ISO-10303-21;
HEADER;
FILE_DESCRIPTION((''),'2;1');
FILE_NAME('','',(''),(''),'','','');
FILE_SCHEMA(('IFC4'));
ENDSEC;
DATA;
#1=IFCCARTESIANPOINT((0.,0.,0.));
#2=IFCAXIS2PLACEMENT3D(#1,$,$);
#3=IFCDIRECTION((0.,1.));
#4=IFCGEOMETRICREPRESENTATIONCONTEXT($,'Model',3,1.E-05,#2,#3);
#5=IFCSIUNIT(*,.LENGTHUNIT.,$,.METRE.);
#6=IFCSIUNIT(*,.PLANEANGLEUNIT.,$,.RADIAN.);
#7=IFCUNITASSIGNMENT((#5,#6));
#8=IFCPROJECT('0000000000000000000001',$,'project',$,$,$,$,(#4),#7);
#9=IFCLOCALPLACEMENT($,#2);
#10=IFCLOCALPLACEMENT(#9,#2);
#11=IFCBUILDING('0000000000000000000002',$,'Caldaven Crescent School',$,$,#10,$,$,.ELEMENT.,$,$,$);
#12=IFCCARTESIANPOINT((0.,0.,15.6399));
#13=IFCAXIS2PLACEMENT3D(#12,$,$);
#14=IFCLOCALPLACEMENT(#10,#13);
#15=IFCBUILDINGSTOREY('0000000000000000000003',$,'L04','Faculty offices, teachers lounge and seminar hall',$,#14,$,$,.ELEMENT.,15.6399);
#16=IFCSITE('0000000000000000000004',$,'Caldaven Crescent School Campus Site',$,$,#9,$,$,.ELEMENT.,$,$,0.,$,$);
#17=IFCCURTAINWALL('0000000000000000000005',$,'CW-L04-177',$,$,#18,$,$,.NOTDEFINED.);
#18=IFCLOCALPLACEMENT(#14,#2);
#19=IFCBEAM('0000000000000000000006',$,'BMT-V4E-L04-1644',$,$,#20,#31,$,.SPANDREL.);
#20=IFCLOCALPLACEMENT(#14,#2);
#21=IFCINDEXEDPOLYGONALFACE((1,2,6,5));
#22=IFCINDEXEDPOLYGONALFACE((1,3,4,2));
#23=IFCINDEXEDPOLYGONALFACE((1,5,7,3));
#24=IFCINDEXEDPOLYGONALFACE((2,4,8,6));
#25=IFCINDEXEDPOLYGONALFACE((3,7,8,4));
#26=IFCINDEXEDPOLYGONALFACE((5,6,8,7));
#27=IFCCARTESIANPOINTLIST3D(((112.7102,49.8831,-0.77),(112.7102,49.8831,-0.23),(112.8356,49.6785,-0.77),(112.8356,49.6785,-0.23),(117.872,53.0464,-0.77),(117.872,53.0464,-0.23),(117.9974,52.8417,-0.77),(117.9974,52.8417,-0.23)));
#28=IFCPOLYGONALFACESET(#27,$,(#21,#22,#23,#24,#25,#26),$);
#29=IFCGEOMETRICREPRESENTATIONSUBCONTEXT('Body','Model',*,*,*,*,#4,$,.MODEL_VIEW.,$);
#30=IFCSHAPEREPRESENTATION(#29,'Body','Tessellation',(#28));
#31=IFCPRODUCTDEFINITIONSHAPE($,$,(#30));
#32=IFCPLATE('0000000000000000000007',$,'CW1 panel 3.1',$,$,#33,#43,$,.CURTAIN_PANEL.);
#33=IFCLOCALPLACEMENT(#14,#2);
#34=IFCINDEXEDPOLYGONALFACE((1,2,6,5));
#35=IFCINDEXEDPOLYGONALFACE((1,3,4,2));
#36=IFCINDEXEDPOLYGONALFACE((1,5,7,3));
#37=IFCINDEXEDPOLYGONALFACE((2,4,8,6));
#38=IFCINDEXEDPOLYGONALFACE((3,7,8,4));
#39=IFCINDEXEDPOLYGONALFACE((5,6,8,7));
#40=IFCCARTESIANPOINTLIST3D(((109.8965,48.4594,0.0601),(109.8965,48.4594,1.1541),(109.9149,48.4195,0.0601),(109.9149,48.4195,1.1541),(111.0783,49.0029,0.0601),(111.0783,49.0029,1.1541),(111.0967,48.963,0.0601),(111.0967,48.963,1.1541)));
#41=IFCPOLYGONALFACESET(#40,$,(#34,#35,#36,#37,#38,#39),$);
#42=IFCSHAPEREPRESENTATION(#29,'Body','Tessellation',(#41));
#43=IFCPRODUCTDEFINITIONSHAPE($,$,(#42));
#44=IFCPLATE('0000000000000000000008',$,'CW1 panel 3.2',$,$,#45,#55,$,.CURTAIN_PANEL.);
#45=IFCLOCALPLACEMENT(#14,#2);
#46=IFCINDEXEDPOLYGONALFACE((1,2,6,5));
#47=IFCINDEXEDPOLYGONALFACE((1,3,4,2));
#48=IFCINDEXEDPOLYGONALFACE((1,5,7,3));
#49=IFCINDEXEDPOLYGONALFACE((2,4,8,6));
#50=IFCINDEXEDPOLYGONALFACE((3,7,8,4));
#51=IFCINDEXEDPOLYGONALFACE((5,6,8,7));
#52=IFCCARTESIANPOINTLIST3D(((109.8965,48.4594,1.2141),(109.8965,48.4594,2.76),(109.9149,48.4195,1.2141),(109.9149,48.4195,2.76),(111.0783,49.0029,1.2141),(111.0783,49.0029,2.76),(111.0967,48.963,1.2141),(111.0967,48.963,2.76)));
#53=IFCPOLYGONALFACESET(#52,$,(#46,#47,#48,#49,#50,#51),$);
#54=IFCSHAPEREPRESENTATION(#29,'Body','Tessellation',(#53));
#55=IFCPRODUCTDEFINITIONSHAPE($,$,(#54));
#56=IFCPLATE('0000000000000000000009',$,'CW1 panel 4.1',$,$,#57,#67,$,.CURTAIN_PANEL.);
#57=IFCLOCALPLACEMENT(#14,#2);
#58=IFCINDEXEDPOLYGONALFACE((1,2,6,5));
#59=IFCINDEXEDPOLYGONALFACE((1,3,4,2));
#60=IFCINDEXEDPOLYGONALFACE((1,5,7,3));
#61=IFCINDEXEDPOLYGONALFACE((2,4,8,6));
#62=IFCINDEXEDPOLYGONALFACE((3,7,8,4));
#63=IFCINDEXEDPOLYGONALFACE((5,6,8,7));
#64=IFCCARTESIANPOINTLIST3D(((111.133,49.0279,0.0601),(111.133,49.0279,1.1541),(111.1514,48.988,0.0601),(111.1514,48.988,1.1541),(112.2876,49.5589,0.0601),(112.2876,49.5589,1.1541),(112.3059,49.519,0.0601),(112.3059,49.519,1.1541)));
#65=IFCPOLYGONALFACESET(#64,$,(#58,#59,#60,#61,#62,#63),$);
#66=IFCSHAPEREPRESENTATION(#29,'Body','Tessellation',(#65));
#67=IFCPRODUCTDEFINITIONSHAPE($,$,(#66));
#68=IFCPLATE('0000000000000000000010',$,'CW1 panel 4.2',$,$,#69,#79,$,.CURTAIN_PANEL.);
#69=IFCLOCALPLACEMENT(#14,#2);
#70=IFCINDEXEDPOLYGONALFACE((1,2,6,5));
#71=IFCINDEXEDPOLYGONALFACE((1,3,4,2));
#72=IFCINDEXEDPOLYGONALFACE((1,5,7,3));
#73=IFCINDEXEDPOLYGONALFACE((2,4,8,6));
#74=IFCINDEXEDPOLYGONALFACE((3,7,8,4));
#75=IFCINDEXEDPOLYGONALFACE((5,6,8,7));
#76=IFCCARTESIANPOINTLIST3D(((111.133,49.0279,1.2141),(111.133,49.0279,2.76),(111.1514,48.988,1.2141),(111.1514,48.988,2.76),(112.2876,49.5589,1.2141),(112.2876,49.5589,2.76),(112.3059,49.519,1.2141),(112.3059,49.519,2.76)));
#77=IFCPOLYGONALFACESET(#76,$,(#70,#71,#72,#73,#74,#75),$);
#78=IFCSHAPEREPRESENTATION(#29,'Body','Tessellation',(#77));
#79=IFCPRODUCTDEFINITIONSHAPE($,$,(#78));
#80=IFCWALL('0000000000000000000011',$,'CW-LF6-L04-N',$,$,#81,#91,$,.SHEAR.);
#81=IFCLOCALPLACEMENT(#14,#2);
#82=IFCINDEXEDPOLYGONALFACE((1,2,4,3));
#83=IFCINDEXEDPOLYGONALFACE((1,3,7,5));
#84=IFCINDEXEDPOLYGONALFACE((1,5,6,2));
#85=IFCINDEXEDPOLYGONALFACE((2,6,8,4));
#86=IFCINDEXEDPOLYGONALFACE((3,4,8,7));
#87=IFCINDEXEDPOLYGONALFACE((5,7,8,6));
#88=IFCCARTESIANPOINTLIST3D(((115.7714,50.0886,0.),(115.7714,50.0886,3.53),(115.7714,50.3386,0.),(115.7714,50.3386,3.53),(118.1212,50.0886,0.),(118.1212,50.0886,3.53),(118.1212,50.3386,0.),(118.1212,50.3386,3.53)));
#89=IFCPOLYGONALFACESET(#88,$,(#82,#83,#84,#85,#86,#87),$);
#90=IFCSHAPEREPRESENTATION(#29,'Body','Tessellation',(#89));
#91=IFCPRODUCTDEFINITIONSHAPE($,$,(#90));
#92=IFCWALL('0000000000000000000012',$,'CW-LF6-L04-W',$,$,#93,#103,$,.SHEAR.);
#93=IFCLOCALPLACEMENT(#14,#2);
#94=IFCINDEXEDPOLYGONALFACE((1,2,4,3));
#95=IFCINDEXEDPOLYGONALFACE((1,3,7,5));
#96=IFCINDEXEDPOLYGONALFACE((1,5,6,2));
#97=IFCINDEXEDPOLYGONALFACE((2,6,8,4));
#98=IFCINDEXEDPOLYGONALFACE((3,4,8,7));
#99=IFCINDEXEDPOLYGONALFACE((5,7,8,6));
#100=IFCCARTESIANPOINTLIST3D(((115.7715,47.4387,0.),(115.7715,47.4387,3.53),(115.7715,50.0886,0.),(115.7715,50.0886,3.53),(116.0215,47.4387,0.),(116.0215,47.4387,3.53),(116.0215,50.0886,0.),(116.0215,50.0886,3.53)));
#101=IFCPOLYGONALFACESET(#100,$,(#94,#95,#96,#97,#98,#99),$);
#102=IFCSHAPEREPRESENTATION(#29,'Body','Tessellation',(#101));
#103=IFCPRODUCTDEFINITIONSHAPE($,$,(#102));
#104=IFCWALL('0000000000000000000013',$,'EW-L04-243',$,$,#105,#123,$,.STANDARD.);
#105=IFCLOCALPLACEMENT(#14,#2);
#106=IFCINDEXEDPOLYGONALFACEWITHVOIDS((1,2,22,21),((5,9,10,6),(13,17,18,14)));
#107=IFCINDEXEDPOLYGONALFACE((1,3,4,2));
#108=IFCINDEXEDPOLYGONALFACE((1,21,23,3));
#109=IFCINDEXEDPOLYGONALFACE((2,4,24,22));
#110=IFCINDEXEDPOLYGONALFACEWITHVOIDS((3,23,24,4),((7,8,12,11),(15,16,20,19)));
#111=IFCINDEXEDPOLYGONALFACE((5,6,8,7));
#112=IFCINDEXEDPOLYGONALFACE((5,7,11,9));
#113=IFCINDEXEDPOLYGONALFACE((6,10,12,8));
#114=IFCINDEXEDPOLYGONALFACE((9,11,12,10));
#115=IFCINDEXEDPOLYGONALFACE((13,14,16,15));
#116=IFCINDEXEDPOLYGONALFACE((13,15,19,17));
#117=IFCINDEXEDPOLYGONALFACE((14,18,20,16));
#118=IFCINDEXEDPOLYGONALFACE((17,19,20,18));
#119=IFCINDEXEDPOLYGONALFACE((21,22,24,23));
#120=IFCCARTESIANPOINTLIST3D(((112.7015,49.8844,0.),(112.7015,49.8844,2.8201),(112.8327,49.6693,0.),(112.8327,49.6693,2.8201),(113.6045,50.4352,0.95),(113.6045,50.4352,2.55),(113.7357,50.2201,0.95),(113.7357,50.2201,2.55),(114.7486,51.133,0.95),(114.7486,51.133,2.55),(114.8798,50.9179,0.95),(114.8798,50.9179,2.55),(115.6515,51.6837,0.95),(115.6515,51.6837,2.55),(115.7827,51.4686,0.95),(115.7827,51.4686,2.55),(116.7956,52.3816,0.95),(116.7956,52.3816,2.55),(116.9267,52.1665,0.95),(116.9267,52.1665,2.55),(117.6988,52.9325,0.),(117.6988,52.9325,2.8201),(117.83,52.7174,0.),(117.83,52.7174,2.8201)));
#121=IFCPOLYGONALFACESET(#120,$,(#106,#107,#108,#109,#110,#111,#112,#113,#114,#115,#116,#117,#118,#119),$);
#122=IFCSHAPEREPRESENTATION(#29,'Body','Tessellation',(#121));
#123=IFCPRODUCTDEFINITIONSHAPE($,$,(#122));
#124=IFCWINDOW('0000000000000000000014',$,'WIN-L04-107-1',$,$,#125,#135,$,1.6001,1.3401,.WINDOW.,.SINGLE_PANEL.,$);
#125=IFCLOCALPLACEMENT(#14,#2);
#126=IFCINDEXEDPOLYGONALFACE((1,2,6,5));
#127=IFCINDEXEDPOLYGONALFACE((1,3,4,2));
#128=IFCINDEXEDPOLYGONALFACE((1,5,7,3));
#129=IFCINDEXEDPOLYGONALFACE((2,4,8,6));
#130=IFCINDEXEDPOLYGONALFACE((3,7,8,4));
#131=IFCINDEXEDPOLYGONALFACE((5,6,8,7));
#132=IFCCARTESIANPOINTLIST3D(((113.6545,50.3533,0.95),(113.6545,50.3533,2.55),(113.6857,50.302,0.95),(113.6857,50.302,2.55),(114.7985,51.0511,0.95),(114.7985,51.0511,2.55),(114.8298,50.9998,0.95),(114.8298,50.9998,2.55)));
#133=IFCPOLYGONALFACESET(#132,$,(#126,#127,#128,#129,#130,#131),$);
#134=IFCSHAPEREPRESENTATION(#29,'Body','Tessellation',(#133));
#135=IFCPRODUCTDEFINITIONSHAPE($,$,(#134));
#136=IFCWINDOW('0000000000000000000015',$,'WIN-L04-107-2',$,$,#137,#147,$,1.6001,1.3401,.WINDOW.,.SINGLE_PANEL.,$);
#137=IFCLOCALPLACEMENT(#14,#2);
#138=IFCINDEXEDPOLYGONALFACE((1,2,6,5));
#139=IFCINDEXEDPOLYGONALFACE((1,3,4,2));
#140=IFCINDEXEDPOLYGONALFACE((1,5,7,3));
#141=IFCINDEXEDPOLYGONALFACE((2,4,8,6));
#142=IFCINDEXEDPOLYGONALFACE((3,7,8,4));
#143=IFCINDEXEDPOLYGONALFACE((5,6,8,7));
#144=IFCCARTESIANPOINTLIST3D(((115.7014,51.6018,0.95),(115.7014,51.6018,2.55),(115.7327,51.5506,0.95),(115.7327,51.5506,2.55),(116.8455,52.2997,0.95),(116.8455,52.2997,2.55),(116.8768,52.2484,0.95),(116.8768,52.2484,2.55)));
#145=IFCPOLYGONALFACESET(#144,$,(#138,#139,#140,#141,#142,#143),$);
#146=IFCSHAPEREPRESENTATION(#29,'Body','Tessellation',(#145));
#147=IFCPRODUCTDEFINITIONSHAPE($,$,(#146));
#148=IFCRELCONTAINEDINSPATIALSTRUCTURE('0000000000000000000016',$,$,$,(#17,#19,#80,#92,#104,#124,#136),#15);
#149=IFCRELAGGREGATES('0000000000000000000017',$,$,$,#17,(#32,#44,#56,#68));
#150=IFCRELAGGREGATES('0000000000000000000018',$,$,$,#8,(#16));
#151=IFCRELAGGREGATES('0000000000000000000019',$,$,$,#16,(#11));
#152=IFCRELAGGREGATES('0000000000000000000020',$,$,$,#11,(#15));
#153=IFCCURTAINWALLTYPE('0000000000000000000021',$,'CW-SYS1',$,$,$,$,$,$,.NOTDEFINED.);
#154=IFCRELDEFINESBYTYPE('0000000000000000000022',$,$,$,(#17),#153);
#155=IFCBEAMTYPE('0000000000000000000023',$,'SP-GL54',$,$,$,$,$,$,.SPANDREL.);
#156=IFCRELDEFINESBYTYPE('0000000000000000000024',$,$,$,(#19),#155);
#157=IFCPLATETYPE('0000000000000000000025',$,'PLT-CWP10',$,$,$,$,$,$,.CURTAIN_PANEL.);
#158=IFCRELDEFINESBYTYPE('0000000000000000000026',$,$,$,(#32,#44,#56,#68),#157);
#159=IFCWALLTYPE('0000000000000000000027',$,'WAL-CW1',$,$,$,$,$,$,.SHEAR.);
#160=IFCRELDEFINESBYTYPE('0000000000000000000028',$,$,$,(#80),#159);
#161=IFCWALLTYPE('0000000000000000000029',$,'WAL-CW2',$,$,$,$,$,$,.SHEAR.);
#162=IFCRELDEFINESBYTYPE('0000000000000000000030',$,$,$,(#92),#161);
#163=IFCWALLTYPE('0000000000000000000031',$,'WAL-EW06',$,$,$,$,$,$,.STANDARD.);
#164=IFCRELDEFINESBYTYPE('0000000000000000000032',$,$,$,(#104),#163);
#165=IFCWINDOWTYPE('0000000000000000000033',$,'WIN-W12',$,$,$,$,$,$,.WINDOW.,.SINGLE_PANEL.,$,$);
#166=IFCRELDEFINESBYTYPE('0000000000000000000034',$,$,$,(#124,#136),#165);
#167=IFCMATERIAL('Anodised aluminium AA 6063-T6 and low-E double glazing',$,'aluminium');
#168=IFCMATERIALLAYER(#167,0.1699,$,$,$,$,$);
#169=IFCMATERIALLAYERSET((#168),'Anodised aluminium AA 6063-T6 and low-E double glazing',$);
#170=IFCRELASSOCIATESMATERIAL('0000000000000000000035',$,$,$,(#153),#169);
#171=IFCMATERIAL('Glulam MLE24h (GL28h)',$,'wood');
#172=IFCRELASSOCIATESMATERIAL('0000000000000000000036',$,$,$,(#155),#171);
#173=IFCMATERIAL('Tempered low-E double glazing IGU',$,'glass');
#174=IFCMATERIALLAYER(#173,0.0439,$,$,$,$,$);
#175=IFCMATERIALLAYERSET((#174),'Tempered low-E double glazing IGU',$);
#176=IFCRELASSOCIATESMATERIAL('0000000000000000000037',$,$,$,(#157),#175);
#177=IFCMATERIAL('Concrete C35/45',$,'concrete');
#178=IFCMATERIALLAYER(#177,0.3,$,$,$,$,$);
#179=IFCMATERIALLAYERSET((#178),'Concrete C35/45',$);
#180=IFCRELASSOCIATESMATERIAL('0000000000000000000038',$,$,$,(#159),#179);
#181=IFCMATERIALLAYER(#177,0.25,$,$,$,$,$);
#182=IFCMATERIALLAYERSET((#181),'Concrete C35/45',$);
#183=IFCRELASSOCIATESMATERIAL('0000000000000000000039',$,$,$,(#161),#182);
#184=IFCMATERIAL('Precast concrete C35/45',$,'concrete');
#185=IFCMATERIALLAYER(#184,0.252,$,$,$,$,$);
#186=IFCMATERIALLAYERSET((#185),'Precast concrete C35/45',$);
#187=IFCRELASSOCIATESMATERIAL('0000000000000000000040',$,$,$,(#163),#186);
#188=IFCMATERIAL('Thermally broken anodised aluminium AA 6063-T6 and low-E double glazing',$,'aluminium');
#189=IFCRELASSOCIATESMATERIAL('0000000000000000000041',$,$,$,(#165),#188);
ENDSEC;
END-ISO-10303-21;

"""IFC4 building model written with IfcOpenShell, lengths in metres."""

from ifc_helpers import new_model, si_unit, direction, frame, frame_2d, origin, origin_2d, place, context, subcontext, project, spatial, rectangle, extrude, material, layer, layer_set, material_profile, profile_set, type_object, element, fill, aggregate, save


model = new_model("IFC4")

# Units and contexts
model_context = context("Model", 3, precision=1e-05, world=origin(), true_north=direction((0.0, 1.0)))
body_context = subcontext(model_context, "Body", "Model", "MODEL_VIEW")
ifc_project = project(units=[si_unit("LENGTHUNIT", "METRE"), si_unit("PLANEANGLEUNIT", "RADIAN")], contexts=[model_context])

# Site, building, storey
site_placement = place(None, origin())
site = spatial("IfcSite", under=ifc_project, at=site_placement, Name="Caldaven Crescent School Campus Site", CompositionType="ELEMENT", RefElevation=0.0)
building_placement = place(site_placement, origin())
building = spatial("IfcBuilding", under=site, at=building_placement, Name="Caldaven Crescent School", CompositionType="ELEMENT")
storey_placement = place(building_placement, frame((0.0, 0.0, 15.6399)))
storey = spatial("IfcBuildingStorey", under=building, at=storey_placement, Name="L04", Description="Faculty offices, teachers lounge and seminar hall", CompositionType="ELEMENT", Elevation=15.6399)

# Shared definitions
ifc_material_1 = material(Name="Glulam MLE24h (GL28h)", Category="wood")

# Curtain wall
ifc_material_2 = material(Name="Anodised aluminium AA 6063-T6 and low-E double glazing", Category="aluminium")
ifc_layer_1 = layer(ifc_material_2, 0.1699)
ifc_layer_set_1 = layer_set([ifc_layer_1], Name="Anodised aluminium AA 6063-T6 and low-E double glazing")
curtain_wall_type = type_object("IfcCurtainWallType", Name="CW-SYS1", PredefinedType="NOTDEFINED", material=ifc_layer_set_1)
curtain_wall_placement = place(storey_placement, origin())
curtain_wall = element("IfcCurtainWall", 1, at=curtain_wall_placement, inside=storey, type_object=curtain_wall_type, Name="CW-L04-177", PredefinedType="NOTDEFINED")

# Beam
ifc_material_profile_1 = material_profile(ifc_material_1, rectangle(XDim=0.24, YDim=0.54, at=origin_2d()), Name="MLE 240x540")
ifc_profile_set_1 = profile_set([ifc_material_profile_1], Name="Glulam MLE24h (GL28h)")
beam_type_1 = type_object("IfcBeamType", Name="SP-GL54", PredefinedType="SPANDREL", material=ifc_profile_set_1)
beam_1_placement = place(storey_placement, frame((112.7729, 49.7808, -0.5), z_axis=(0.85263, 0.522515, 0.0), x_axis=(-0.522515, 0.85263, 0.0)))
element("IfcBeam", 2, at=beam_1_placement, inside=storey, type_object=beam_type_1, Name="BMT-V4E-L04-1644", PredefinedType="SPANDREL", context=body_context, shape_type="SweptSolid", body=[
    extrude(rectangle(XDim=0.24, YDim=0.54, at=origin_2d()), origin(), (0.0, 0.0, 1.0), 6.054),
])

# Plates
ifc_material_3 = material(Name="Tempered low-E double glazing IGU", Category="glass")
ifc_layer_2 = layer(ifc_material_3, 0.0439)
ifc_layer_set_2 = layer_set([ifc_layer_2], Name="Tempered low-E double glazing IGU")
plate_type = type_object("IfcPlateType", Name="PLT-CWP10", PredefinedType="CURTAIN_PANEL", material=ifc_layer_set_2)
plate_1_placement = place(storey_placement, frame((110.4966, 48.7112, 0.0601), z_axis=(0.0, 0.0, 1.0), x_axis=(0.908528, 0.417824, 0.0)))
plate_1 = element("IfcPlate", 3, at=plate_1_placement, type_object=plate_type, Name="CW1 panel 3.1", PredefinedType="CURTAIN_PANEL", context=body_context, shape_type="SweptSolid", body=[
    extrude(rectangle(XDim=1.3008, YDim=0.0439, at=origin_2d()), origin(), (0.0, 0.0, 1.0), 1.094),
])
plate_2_placement = place(storey_placement, frame((110.4966, 48.7112, 1.2141), z_axis=(0.0, 0.0, 1.0), x_axis=(0.908528, 0.417824, 0.0)))
plate_2 = element("IfcPlate", 4, at=plate_2_placement, type_object=plate_type, Name="CW1 panel 3.2", PredefinedType="CURTAIN_PANEL", context=body_context, shape_type="SweptSolid", body=[
    extrude(rectangle(XDim=1.3008, YDim=0.0439, at=origin_2d()), origin(), (0.0, 0.0, 1.0), 1.5459),
])
plate_3_placement = place(storey_placement, frame((111.7195, 49.2734, 0.0601), z_axis=(0.0, 0.0, 1.0), x_axis=(0.908528, 0.417824, 0.0)))
plate_3 = element("IfcPlate", 5, at=plate_3_placement, type_object=plate_type, Name="CW1 panel 4.1", PredefinedType="CURTAIN_PANEL", context=body_context, shape_type="SweptSolid", body=[
    extrude(rectangle(XDim=1.2708, YDim=0.0439, at=origin_2d()), origin(), (0.0, 0.0, 1.0), 1.094),
])
plate_4_placement = place(storey_placement, frame((111.7195, 49.2734, 1.2141), z_axis=(0.0, 0.0, 1.0), x_axis=(0.908528, 0.417824, 0.0)))
plate_4 = element("IfcPlate", 6, at=plate_4_placement, type_object=plate_type, Name="CW1 panel 4.2", PredefinedType="CURTAIN_PANEL", context=body_context, shape_type="SweptSolid", body=[
    extrude(rectangle(XDim=1.2708, YDim=0.0439, at=origin_2d()), origin(), (0.0, 0.0, 1.0), 1.5459),
])
aggregate(curtain_wall, [plate_1, plate_2, plate_3, plate_4])

# Wall
ifc_material_4 = material(Name="Concrete C35/45", Category="concrete")
ifc_layer_3 = layer(ifc_material_4, 0.3)
ifc_layer_set_3 = layer_set([ifc_layer_3], Name="Concrete C35/45")
wall_type_1 = type_object("IfcWallType", Name="WAL-CW1", PredefinedType="SHEAR", material=ifc_layer_set_3)
wall_1_placement = place(storey_placement, frame((115.7715, 50.2136, 0.0), z_axis=(0.0, 0.0, 1.0), x_axis=(1.0, 0.0, 0.0)))
element("IfcWall", 7, at=wall_1_placement, inside=storey, type_object=wall_type_1, Name="CW-LF6-L04-N", PredefinedType="SHEAR", context=body_context, shape_type="SweptSolid", body=[
    extrude(rectangle(XDim=2.3499, YDim=0.25, at=frame_2d((1.1748, 0.0))), origin(), (0.0, 0.0, 1.0), 3.53),
])

# Wall
ifc_layer_4 = layer(ifc_material_4, 0.25)
ifc_layer_set_4 = layer_set([ifc_layer_4], Name="Concrete C35/45")
wall_type_2 = type_object("IfcWallType", Name="WAL-CW2", PredefinedType="SHEAR", material=ifc_layer_set_4)
wall_2_placement = place(storey_placement, frame((115.8965, 47.4387, 0.0), z_axis=(0.0, 0.0, 1.0), x_axis=(0.0, 1.0, 0.0)))
element("IfcWall", 8, at=wall_2_placement, inside=storey, type_object=wall_type_2, Name="CW-LF6-L04-W", PredefinedType="SHEAR", context=body_context, shape_type="SweptSolid", body=[
    extrude(rectangle(XDim=2.6499, YDim=0.25, at=frame_2d((1.325, 0.0))), origin(), (0.0, 0.0, 1.0), 3.53),
])

# Wall, openings, windows
ifc_material_5 = material(Name="Precast concrete C35/45", Category="concrete")
ifc_layer_5 = layer(ifc_material_5, 0.252)
ifc_layer_set_5 = layer_set([ifc_layer_5], Name="Precast concrete C35/45")
wall_type_3 = type_object("IfcWallType", Name="WAL-EW06", PredefinedType="STANDARD", material=ifc_layer_set_5)
wall_3_placement = place(storey_placement, frame((112.7671, 49.7769, 0.0), z_axis=(0.0, 0.0, 1.0), x_axis=(0.853724, 0.520726, 0.0)))
wall_3 = element("IfcWall", 9, at=wall_3_placement, inside=storey, type_object=wall_type_3, Name="EW-L04-243", PredefinedType="STANDARD", context=body_context, shape_type="SweptSolid", body=[
    extrude(rectangle(XDim=5.8535, YDim=0.252, at=frame_2d((2.9268, 0.0))), origin(), (0.0, 0.0, 1.0), 2.8201),
])
opening_1_placement = place(wall_3_placement, frame((1.0579, 0.0, 0.95)))
opening_1 = element("IfcOpeningElement", 10, at=opening_1_placement, cuts=wall_3, PredefinedType="OPENING", context=body_context, shape_type="SweptSolid", body=[
    extrude(rectangle(XDim=1.3401, YDim=1.6001, at=frame_2d((0.6699, 0.8))), frame((0.0, 0.136, 0.0), z_axis=(0.0, -1.0, 0.0), x_axis=(1.0, 0.0, 0.0)), (0.0, 0.0, 1.0), 0.272),
])
opening_2_placement = place(wall_3_placement, frame((3.4556, 0.0, 0.95)))
opening_2 = element("IfcOpeningElement", 11, at=opening_2_placement, cuts=wall_3, PredefinedType="OPENING", context=body_context, shape_type="SweptSolid", body=[
    extrude(rectangle(XDim=1.3401, YDim=1.6001, at=frame_2d((0.6699, 0.8))), frame((0.0, 0.136, 0.0), z_axis=(0.0, -1.0, 0.0), x_axis=(1.0, 0.0, 0.0)), (0.0, 0.0, 1.0), 0.272),
])
ifc_material_6 = material(Name="Thermally broken anodised aluminium AA 6063-T6 and low-E double glazing", Category="aluminium")
window_type = type_object("IfcWindowType", Name="WIN-W12", PartitioningType="SINGLE_PANEL", PredefinedType="WINDOW", material=ifc_material_6)
window_1_placement = place(opening_1_placement, origin())
window_1 = element("IfcWindow", 12, at=window_1_placement, inside=storey, type_object=window_type, Name="WIN-L04-107-1", OverallHeight=1.6001, OverallWidth=1.3401, PartitioningType="SINGLE_PANEL", PredefinedType="WINDOW", context=body_context, shape_type="SweptSolid", body=[
    extrude(rectangle(XDim=1.3401, YDim=1.6001, at=frame_2d((0.6699, 0.8))), frame((0.0, 0.03, 0.0), z_axis=(0.0, -1.0, 0.0), x_axis=(1.0, 0.0, 0.0)), (0.0, 0.0, 1.0), 0.0601),
])
fill(opening_1, window_1)
window_2_placement = place(opening_2_placement, origin())
window_2 = element("IfcWindow", 13, at=window_2_placement, inside=storey, type_object=window_type, Name="WIN-L04-107-2", OverallHeight=1.6001, OverallWidth=1.3401, PartitioningType="SINGLE_PANEL", PredefinedType="WINDOW", context=body_context, shape_type="SweptSolid", body=[
    extrude(rectangle(XDim=1.3401, YDim=1.6001, at=frame_2d((0.6699, 0.8))), frame((0.0, 0.03, 0.0), z_axis=(0.0, -1.0, 0.0), x_axis=(1.0, 0.0, 0.0)), (0.0, 0.0, 1.0), 0.0601),
])
fill(opening_2, window_2)

save(model, "model.ifc")
